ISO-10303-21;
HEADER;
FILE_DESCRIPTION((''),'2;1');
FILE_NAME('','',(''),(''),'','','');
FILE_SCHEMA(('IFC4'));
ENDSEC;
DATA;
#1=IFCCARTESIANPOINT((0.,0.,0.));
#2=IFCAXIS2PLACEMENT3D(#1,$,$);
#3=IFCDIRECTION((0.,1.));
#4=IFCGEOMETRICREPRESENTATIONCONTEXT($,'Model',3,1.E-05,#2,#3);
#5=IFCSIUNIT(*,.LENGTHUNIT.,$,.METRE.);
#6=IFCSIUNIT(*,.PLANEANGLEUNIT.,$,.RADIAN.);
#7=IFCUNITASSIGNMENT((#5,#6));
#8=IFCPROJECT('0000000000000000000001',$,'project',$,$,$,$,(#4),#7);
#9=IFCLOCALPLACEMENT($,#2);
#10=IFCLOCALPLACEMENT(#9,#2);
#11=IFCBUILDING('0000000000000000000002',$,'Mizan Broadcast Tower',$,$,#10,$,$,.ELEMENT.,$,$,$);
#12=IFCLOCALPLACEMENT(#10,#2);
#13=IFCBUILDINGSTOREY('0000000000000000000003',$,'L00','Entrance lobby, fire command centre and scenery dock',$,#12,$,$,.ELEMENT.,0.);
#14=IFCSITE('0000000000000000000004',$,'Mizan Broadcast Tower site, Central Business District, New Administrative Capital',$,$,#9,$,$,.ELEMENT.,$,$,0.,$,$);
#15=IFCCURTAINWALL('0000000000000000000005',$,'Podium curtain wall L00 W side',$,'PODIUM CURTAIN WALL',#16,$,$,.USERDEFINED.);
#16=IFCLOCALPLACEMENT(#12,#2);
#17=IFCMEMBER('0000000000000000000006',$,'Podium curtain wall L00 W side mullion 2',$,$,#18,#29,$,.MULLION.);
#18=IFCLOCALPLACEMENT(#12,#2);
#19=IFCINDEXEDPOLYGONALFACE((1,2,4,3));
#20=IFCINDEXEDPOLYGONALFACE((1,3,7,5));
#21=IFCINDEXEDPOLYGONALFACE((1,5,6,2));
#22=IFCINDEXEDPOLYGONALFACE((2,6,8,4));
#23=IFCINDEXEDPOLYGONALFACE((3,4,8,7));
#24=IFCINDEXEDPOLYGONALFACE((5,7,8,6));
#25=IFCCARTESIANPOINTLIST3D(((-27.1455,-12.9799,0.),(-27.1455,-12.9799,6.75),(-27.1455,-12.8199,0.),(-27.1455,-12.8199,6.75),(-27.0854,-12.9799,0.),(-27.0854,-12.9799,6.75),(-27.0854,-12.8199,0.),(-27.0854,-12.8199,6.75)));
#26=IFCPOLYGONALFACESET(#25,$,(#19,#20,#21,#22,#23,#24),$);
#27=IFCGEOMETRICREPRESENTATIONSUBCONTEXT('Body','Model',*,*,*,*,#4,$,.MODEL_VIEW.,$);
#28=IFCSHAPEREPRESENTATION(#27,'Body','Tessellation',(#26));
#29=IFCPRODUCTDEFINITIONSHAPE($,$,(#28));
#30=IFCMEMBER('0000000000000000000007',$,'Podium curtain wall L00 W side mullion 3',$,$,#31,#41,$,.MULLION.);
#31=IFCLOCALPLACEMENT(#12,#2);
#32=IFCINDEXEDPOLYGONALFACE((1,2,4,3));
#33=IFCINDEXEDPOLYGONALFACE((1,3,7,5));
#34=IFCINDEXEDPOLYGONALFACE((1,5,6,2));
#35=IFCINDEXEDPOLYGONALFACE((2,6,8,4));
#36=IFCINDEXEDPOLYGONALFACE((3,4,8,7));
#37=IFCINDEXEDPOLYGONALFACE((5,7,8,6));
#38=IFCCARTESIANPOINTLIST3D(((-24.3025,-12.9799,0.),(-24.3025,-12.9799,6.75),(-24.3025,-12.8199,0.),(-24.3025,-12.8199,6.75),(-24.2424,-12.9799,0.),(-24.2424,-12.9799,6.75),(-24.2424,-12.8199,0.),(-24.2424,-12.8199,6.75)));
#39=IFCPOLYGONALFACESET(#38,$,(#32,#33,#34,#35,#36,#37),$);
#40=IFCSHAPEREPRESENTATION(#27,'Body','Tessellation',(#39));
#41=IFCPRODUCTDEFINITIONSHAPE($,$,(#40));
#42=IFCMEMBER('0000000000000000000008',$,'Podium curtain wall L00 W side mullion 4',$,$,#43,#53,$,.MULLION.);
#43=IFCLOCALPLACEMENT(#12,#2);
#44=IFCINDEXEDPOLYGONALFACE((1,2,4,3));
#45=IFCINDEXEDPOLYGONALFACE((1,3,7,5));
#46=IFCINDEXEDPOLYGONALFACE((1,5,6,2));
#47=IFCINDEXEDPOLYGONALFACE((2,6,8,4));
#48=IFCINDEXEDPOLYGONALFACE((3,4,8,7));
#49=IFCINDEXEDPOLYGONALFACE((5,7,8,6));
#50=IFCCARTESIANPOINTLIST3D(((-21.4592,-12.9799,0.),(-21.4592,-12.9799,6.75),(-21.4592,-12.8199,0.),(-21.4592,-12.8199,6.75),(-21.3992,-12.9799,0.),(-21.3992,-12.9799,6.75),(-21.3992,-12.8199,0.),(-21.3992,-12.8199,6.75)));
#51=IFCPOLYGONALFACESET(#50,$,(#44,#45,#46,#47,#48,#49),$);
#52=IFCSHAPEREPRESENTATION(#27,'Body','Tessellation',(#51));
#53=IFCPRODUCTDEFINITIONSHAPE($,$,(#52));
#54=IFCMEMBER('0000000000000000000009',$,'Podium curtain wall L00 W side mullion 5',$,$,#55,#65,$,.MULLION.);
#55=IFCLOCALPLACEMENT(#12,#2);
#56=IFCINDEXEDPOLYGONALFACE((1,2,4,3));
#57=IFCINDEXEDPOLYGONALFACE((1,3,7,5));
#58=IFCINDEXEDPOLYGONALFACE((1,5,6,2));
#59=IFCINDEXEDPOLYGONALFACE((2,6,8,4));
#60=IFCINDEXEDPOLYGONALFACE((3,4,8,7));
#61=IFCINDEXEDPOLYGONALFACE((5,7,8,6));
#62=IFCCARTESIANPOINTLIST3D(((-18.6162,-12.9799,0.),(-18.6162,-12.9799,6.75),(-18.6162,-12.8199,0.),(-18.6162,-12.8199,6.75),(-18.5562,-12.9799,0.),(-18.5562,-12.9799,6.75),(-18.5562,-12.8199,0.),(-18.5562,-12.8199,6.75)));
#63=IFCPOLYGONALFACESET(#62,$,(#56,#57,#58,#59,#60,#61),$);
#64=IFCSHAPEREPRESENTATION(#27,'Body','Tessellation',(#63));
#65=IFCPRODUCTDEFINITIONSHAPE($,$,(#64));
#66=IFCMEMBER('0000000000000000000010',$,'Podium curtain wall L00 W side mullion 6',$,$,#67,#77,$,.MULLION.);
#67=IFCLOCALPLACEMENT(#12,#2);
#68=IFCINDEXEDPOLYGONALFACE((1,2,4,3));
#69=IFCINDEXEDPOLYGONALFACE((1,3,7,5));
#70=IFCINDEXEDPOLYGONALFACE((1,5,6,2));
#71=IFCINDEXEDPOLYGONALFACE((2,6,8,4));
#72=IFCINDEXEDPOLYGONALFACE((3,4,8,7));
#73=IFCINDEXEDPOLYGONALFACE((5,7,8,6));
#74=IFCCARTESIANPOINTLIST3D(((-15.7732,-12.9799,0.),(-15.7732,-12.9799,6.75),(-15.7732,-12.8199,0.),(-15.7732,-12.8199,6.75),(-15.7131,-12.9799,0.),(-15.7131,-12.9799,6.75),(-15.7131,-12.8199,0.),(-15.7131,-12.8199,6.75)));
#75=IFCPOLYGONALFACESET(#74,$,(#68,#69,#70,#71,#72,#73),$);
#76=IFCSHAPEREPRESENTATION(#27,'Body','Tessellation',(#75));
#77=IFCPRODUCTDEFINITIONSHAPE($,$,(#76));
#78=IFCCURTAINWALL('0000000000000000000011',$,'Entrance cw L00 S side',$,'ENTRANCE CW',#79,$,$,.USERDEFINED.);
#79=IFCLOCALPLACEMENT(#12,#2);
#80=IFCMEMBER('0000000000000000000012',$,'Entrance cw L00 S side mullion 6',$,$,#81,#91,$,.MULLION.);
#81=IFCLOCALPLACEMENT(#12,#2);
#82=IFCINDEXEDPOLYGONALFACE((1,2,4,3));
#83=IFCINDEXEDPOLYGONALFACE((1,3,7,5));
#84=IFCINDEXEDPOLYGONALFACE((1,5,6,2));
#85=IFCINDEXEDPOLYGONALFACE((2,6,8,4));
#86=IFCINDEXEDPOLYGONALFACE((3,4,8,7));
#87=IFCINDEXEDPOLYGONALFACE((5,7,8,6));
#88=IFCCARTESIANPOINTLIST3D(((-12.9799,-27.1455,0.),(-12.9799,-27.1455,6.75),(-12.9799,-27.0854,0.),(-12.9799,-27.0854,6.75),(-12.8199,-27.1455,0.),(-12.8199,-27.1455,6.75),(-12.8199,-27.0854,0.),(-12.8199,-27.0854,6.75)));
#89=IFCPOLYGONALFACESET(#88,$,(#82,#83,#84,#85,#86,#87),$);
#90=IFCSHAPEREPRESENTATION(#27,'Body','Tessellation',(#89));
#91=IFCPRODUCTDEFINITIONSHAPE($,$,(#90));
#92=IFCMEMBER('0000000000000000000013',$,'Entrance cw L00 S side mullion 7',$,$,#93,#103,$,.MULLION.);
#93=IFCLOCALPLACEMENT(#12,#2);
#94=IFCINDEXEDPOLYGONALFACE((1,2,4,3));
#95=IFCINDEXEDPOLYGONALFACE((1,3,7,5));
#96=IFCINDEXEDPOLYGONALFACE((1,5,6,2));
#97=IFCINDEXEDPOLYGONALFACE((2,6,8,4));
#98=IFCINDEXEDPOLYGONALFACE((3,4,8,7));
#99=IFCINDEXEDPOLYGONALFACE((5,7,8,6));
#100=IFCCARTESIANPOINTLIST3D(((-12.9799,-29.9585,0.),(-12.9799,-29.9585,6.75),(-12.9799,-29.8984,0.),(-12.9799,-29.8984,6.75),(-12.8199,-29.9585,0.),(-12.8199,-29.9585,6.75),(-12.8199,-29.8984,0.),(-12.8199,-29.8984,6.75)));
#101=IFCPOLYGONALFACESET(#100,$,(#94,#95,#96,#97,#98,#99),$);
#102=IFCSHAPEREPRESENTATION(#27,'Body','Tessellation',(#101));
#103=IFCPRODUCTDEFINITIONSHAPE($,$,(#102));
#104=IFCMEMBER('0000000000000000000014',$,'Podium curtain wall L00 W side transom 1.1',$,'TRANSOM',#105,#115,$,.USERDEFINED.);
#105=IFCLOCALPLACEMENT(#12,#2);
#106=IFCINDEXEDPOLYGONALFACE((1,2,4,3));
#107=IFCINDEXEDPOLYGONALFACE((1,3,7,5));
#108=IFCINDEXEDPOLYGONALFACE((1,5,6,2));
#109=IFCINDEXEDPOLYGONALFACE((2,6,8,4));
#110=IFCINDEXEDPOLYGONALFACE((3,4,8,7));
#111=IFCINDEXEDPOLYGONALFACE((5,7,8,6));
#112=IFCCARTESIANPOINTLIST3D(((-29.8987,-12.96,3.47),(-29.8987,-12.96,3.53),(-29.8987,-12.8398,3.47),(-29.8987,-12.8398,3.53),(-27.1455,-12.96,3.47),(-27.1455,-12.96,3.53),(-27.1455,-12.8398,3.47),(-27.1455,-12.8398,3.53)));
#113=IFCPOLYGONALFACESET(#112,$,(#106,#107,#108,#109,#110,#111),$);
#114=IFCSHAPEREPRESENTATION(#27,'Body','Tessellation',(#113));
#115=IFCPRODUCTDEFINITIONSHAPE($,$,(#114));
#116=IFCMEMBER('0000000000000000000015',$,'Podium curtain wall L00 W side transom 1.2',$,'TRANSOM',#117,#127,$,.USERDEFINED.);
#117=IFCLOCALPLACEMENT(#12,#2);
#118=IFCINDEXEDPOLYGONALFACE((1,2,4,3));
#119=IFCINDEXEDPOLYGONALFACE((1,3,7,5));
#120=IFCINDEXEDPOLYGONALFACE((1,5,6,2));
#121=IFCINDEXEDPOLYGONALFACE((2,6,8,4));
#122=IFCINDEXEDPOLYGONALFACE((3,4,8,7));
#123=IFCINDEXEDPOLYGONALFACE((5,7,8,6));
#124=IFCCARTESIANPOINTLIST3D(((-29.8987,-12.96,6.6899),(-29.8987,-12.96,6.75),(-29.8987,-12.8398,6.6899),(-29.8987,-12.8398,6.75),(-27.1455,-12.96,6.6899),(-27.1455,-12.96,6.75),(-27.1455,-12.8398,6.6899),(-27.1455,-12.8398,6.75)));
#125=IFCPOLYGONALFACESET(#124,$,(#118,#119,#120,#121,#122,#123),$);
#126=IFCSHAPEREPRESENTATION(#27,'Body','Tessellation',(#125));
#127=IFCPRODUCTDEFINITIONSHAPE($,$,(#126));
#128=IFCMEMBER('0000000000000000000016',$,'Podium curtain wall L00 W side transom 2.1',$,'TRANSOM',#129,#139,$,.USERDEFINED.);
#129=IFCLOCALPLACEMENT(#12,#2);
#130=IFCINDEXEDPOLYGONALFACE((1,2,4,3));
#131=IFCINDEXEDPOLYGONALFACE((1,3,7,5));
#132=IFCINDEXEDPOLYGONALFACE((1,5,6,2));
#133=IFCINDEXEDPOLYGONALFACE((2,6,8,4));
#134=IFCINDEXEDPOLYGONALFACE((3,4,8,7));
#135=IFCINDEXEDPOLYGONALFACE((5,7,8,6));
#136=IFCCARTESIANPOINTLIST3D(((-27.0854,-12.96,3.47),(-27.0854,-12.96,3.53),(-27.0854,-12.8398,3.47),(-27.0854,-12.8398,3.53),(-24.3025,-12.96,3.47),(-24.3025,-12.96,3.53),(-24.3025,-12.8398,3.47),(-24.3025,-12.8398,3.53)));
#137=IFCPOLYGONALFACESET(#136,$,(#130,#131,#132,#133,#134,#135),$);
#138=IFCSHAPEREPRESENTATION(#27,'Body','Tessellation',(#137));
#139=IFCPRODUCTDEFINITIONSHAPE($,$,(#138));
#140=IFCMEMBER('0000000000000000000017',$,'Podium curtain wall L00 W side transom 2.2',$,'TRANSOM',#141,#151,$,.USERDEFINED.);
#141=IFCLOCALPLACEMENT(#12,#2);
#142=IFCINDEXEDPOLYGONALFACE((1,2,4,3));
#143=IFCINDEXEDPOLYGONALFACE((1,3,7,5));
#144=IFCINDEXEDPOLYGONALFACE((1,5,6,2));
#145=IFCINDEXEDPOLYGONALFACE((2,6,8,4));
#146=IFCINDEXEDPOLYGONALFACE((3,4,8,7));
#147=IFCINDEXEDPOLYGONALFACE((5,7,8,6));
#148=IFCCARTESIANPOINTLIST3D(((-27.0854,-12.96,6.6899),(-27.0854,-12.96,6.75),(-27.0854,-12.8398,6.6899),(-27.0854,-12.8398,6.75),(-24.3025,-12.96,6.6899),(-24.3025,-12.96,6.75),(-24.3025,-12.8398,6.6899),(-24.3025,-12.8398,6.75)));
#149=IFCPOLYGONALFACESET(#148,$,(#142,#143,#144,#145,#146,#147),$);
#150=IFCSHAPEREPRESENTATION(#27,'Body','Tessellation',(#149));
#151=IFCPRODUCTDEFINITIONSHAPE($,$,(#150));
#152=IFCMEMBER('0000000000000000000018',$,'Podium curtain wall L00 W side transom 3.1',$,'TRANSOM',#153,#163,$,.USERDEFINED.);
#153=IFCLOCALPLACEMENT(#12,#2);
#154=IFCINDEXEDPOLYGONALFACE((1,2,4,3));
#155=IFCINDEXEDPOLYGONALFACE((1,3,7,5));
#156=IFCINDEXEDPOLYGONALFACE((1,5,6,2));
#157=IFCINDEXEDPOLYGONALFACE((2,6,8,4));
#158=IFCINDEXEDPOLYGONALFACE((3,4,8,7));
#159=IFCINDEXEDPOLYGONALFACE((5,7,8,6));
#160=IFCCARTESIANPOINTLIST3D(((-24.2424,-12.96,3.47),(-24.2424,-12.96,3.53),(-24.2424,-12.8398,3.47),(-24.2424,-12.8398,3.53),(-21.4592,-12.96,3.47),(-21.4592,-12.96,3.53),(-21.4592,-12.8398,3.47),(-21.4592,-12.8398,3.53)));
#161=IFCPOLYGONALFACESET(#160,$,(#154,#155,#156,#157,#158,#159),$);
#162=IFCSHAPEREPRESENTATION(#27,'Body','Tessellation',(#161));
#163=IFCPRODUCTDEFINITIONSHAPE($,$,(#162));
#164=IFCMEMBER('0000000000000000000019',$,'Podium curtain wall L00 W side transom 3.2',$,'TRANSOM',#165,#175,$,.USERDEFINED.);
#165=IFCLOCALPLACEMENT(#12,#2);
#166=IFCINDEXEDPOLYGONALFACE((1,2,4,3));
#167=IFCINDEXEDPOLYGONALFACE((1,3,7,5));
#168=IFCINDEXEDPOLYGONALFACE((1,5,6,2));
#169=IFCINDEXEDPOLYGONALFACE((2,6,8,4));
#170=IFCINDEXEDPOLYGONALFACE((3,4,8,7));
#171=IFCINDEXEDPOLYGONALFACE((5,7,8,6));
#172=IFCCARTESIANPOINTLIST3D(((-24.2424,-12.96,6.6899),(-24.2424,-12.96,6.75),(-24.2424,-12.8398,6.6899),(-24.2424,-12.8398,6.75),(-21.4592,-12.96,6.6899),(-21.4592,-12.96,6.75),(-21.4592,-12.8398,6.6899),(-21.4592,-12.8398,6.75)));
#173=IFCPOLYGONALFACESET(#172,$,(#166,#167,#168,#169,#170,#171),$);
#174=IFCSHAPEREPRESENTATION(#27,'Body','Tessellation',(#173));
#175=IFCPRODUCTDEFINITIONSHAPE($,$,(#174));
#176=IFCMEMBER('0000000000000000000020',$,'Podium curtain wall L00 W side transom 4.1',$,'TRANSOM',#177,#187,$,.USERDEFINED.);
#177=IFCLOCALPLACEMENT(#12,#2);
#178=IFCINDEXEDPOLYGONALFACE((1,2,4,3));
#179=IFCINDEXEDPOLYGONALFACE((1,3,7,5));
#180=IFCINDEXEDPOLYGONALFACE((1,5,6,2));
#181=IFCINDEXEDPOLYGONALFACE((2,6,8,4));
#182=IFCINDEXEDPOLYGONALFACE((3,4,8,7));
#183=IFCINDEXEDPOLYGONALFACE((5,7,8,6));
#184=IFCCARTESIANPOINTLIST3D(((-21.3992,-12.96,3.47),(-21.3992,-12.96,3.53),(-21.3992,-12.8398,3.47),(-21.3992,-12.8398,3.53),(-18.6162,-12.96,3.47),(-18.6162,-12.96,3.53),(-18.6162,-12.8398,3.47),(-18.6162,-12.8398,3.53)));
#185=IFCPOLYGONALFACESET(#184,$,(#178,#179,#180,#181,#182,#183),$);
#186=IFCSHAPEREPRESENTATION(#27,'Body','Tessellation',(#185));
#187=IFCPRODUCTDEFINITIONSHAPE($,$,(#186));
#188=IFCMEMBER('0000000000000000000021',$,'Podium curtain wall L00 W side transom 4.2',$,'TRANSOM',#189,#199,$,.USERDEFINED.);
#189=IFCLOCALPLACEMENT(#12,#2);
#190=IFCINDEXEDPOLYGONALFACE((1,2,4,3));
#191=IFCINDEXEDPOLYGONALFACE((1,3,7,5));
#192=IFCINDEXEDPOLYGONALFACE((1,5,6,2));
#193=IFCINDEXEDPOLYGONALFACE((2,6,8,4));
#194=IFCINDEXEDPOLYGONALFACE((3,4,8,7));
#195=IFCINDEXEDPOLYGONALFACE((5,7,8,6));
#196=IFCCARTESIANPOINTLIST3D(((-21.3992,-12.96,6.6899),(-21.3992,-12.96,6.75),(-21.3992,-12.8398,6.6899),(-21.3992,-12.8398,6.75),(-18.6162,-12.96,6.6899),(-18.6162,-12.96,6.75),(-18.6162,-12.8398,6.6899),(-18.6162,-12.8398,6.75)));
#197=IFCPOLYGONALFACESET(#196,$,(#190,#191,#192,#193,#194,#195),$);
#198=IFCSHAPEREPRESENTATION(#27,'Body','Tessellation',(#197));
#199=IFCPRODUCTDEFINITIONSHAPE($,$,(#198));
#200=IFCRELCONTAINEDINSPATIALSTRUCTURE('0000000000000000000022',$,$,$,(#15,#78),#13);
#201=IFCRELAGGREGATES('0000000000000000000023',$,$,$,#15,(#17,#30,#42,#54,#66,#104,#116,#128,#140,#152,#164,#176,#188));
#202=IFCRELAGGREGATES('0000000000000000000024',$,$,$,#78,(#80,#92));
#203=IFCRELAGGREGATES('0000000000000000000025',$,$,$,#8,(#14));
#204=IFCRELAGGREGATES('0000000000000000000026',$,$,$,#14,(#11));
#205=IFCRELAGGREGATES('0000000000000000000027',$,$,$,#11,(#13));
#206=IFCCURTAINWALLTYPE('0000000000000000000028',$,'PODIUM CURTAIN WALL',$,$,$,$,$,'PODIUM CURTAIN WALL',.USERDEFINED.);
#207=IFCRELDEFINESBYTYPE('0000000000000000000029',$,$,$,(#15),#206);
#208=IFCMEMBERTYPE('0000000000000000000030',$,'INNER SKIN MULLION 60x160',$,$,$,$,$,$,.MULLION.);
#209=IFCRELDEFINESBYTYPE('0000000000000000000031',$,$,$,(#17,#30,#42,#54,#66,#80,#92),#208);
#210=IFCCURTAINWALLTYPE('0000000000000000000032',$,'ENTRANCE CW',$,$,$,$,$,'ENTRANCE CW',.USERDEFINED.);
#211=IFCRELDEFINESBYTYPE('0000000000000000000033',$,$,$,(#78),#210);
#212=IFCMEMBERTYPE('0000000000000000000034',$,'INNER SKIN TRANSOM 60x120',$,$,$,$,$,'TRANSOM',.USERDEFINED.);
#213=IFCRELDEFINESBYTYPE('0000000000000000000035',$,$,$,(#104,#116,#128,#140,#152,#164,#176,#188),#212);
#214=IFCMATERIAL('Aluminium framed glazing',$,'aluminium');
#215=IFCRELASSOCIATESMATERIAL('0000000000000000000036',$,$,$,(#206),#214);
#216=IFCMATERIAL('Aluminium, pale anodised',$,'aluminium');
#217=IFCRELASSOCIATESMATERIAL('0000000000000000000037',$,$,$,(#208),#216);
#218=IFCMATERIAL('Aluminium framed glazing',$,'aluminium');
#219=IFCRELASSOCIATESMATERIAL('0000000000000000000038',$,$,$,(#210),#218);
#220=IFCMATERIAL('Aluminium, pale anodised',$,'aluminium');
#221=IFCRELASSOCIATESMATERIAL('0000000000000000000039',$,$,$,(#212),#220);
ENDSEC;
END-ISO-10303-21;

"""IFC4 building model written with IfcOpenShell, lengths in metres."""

from ifc_helpers import new_model, si_unit, direction, frame, origin, origin_2d, place, context, subcontext, project, spatial, rectangle, extrude, material, material_profile, profile_set, type_object, element, aggregate, save


model = new_model("IFC4")

# Units and contexts
model_context = context("Model", 3, precision=1e-05, world=origin(), true_north=direction((0.0, 1.0)))
body_context = subcontext(model_context, "Body", "Model", "MODEL_VIEW")
ifc_project = project(units=[si_unit("LENGTHUNIT", "METRE"), si_unit("PLANEANGLEUNIT", "RADIAN")], contexts=[model_context])

# Site, building, storey
site_placement = place(None, origin())
site = spatial("IfcSite", under=ifc_project, at=site_placement, Name="Mizan Broadcast Tower site, Central Business District, New Administrative Capital", CompositionType="ELEMENT", RefElevation=0.0)
building_placement = place(site_placement, origin())
building = spatial("IfcBuilding", under=site, at=building_placement, Name="Mizan Broadcast Tower", CompositionType="ELEMENT")
storey_placement = place(building_placement, origin())
storey = spatial("IfcBuildingStorey", under=building, at=storey_placement, Name="L00", Description="Entrance lobby, fire command centre and scenery dock", CompositionType="ELEMENT", Elevation=0.0)

# Curtain walls, members
ifc_material_1 = material(Name="Aluminium framed glazing", Category="aluminium")
curtain_wall_type_1 = type_object("IfcCurtainWallType", Name="PODIUM CURTAIN WALL", ElementType="PODIUM CURTAIN WALL", PredefinedType="USERDEFINED", material=ifc_material_1)
curtain_wall_1_placement = place(storey_placement, origin())
curtain_wall_1 = element("IfcCurtainWall", 1, at=curtain_wall_1_placement, inside=storey, type_object=curtain_wall_type_1, Name="Podium curtain wall L00 W side", ObjectType="PODIUM CURTAIN WALL", PredefinedType="USERDEFINED")
ifc_material_2 = material(Name="Aluminium, pale anodised", Category="aluminium")
ifc_material_profile_1 = material_profile(ifc_material_2, rectangle(XDim=0.1599, YDim=0.0601, at=origin_2d()), Name="MULLION 160x60")
ifc_profile_set_1 = profile_set([ifc_material_profile_1], Name="Aluminium, pale anodised")
member_type_1 = type_object("IfcMemberType", Name="INNER SKIN MULLION 60x160", PredefinedType="MULLION", material=ifc_profile_set_1)
member_1_placement = place(storey_placement, frame((-27.1155, -12.8999, 0.0), z_axis=(0.0, 0.0, 1.0), x_axis=(0.0, 1.0, 0.0)))
member_1 = element("IfcMember", 2, at=member_1_placement, type_object=member_type_1, Name="Podium curtain wall L00 W side mullion 2", PredefinedType="MULLION", context=body_context, shape_type="SweptSolid", body=[
    extrude(rectangle(XDim=0.1599, YDim=0.0601, at=origin_2d()), origin(), (0.0, 0.0, 1.0), 6.75),
])
member_2_placement = place(storey_placement, frame((-24.2725, -12.8999, 0.0), z_axis=(0.0, 0.0, 1.0), x_axis=(0.0, 1.0, 0.0)))
member_2 = element("IfcMember", 3, at=member_2_placement, type_object=member_type_1, Name="Podium curtain wall L00 W side mullion 3", PredefinedType="MULLION", context=body_context, shape_type="SweptSolid", body=[
    extrude(rectangle(XDim=0.1599, YDim=0.0601, at=origin_2d()), origin(), (0.0, 0.0, 1.0), 6.75),
])
member_3_placement = place(storey_placement, frame((-21.4292, -12.8999, 0.0), z_axis=(0.0, 0.0, 1.0), x_axis=(0.0, 1.0, 0.0)))
member_3 = element("IfcMember", 4, at=member_3_placement, type_object=member_type_1, Name="Podium curtain wall L00 W side mullion 4", PredefinedType="MULLION", context=body_context, shape_type="SweptSolid", body=[
    extrude(rectangle(XDim=0.1599, YDim=0.0601, at=origin_2d()), origin(), (0.0, 0.0, 1.0), 6.75),
])
member_4_placement = place(storey_placement, frame((-18.5862, -12.8999, 0.0), z_axis=(0.0, 0.0, 1.0), x_axis=(0.0, 1.0, 0.0)))
member_4 = element("IfcMember", 5, at=member_4_placement, type_object=member_type_1, Name="Podium curtain wall L00 W side mullion 5", PredefinedType="MULLION", context=body_context, shape_type="SweptSolid", body=[
    extrude(rectangle(XDim=0.1599, YDim=0.0601, at=origin_2d()), origin(), (0.0, 0.0, 1.0), 6.75),
])
member_5_placement = place(storey_placement, frame((-15.7432, -12.8999, 0.0), z_axis=(0.0, 0.0, 1.0), x_axis=(0.0, 1.0, 0.0)))
member_5 = element("IfcMember", 6, at=member_5_placement, type_object=member_type_1, Name="Podium curtain wall L00 W side mullion 6", PredefinedType="MULLION", context=body_context, shape_type="SweptSolid", body=[
    extrude(rectangle(XDim=0.1599, YDim=0.0601, at=origin_2d()), origin(), (0.0, 0.0, 1.0), 6.75),
])
ifc_material_3 = material(Name="Aluminium framed glazing", Category="aluminium")
curtain_wall_type_2 = type_object("IfcCurtainWallType", Name="ENTRANCE CW", ElementType="ENTRANCE CW", PredefinedType="USERDEFINED", material=ifc_material_3)
curtain_wall_2_placement = place(storey_placement, origin())
curtain_wall_2 = element("IfcCurtainWall", 7, at=curtain_wall_2_placement, inside=storey, type_object=curtain_wall_type_2, Name="Entrance cw L00 S side", ObjectType="ENTRANCE CW", PredefinedType="USERDEFINED")
member_6_placement = place(storey_placement, frame((-12.8999, -27.1155, 0.0), z_axis=(0.0, 0.0, 1.0), x_axis=(1.0, 0.0, 0.0)))
member_6 = element("IfcMember", 8, at=member_6_placement, type_object=member_type_1, Name="Entrance cw L00 S side mullion 6", PredefinedType="MULLION", context=body_context, shape_type="SweptSolid", body=[
    extrude(rectangle(XDim=0.1599, YDim=0.0601, at=origin_2d()), origin(), (0.0, 0.0, 1.0), 6.75),
])
member_7_placement = place(storey_placement, frame((-12.8999, -29.9285, 0.0), z_axis=(0.0, 0.0, 1.0), x_axis=(1.0, 0.0, 0.0)))
member_7 = element("IfcMember", 9, at=member_7_placement, type_object=member_type_1, Name="Entrance cw L00 S side mullion 7", PredefinedType="MULLION", context=body_context, shape_type="SweptSolid", body=[
    extrude(rectangle(XDim=0.1599, YDim=0.0601, at=origin_2d()), origin(), (0.0, 0.0, 1.0), 6.75),
])

# Members
ifc_material_4 = material(Name="Aluminium, pale anodised", Category="aluminium")
ifc_material_profile_2 = material_profile(ifc_material_4, rectangle(XDim=0.1201, YDim=0.0601, at=origin_2d()), Name="TRANSOM 120x60")
ifc_profile_set_2 = profile_set([ifc_material_profile_2], Name="Aluminium, pale anodised")
member_type_2 = type_object("IfcMemberType", Name="INNER SKIN TRANSOM 60x120", ElementType="TRANSOM", PredefinedType="USERDEFINED", material=ifc_profile_set_2)
member_8_placement = place(storey_placement, frame((-29.8987, -12.8999, 3.5), z_axis=(1.0, 0.0, 0.0), x_axis=(0.0, 1.0, 0.0)))
member_8 = element("IfcMember", 10, at=member_8_placement, type_object=member_type_2, Name="Podium curtain wall L00 W side transom 1.1", ObjectType="TRANSOM", PredefinedType="USERDEFINED", context=body_context, shape_type="SweptSolid", body=[
    extrude(rectangle(XDim=0.1201, YDim=0.0601, at=origin_2d()), origin(), (0.0, 0.0, 1.0), 2.7532),
])
member_9_placement = place(storey_placement, frame((-29.8987, -12.8999, 6.72), z_axis=(1.0, 0.0, 0.0), x_axis=(0.0, 1.0, 0.0)))
member_9 = element("IfcMember", 11, at=member_9_placement, type_object=member_type_2, Name="Podium curtain wall L00 W side transom 1.2", ObjectType="TRANSOM", PredefinedType="USERDEFINED", context=body_context, shape_type="SweptSolid", body=[
    extrude(rectangle(XDim=0.1201, YDim=0.0601, at=origin_2d()), origin(), (0.0, 0.0, 1.0), 2.7532),
])
member_10_placement = place(storey_placement, frame((-27.0854, -12.8999, 3.5), z_axis=(1.0, 0.0, 0.0), x_axis=(0.0, 1.0, 0.0)))
member_10 = element("IfcMember", 12, at=member_10_placement, type_object=member_type_2, Name="Podium curtain wall L00 W side transom 2.1", ObjectType="TRANSOM", PredefinedType="USERDEFINED", context=body_context, shape_type="SweptSolid", body=[
    extrude(rectangle(XDim=0.1201, YDim=0.0601, at=origin_2d()), origin(), (0.0, 0.0, 1.0), 2.783),
])
member_11_placement = place(storey_placement, frame((-27.0854, -12.8999, 6.72), z_axis=(1.0, 0.0, 0.0), x_axis=(0.0, 1.0, 0.0)))
member_11 = element("IfcMember", 13, at=member_11_placement, type_object=member_type_2, Name="Podium curtain wall L00 W side transom 2.2", ObjectType="TRANSOM", PredefinedType="USERDEFINED", context=body_context, shape_type="SweptSolid", body=[
    extrude(rectangle(XDim=0.1201, YDim=0.0601, at=origin_2d()), origin(), (0.0, 0.0, 1.0), 2.783),
])
member_12_placement = place(storey_placement, frame((-24.2424, -12.8999, 3.5), z_axis=(1.0, 0.0, 0.0), x_axis=(0.0, 1.0, 0.0)))
member_12 = element("IfcMember", 14, at=member_12_placement, type_object=member_type_2, Name="Podium curtain wall L00 W side transom 3.1", ObjectType="TRANSOM", PredefinedType="USERDEFINED", context=body_context, shape_type="SweptSolid", body=[
    extrude(rectangle(XDim=0.1201, YDim=0.0601, at=origin_2d()), origin(), (0.0, 0.0, 1.0), 2.7832),
])
member_13_placement = place(storey_placement, frame((-24.2424, -12.8999, 6.72), z_axis=(1.0, 0.0, 0.0), x_axis=(0.0, 1.0, 0.0)))
member_13 = element("IfcMember", 15, at=member_13_placement, type_object=member_type_2, Name="Podium curtain wall L00 W side transom 3.2", ObjectType="TRANSOM", PredefinedType="USERDEFINED", context=body_context, shape_type="SweptSolid", body=[
    extrude(rectangle(XDim=0.1201, YDim=0.0601, at=origin_2d()), origin(), (0.0, 0.0, 1.0), 2.7832),
])
member_14_placement = place(storey_placement, frame((-21.3992, -12.8999, 3.5), z_axis=(1.0, 0.0, 0.0), x_axis=(0.0, 1.0, 0.0)))
member_14 = element("IfcMember", 16, at=member_14_placement, type_object=member_type_2, Name="Podium curtain wall L00 W side transom 4.1", ObjectType="TRANSOM", PredefinedType="USERDEFINED", context=body_context, shape_type="SweptSolid", body=[
    extrude(rectangle(XDim=0.1201, YDim=0.0601, at=origin_2d()), origin(), (0.0, 0.0, 1.0), 2.783),
])
member_15_placement = place(storey_placement, frame((-21.3992, -12.8999, 6.72), z_axis=(1.0, 0.0, 0.0), x_axis=(0.0, 1.0, 0.0)))
member_15 = element("IfcMember", 17, at=member_15_placement, type_object=member_type_2, Name="Podium curtain wall L00 W side transom 4.2", ObjectType="TRANSOM", PredefinedType="USERDEFINED", context=body_context, shape_type="SweptSolid", body=[
    extrude(rectangle(XDim=0.1201, YDim=0.0601, at=origin_2d()), origin(), (0.0, 0.0, 1.0), 2.783),
])

aggregate(curtain_wall_1, [member_1, member_2, member_3, member_4, member_5, member_8, member_9, member_10, member_11, member_12, member_13, member_14, member_15])
aggregate(curtain_wall_2, [member_6, member_7])

save(model, "model.ifc")
